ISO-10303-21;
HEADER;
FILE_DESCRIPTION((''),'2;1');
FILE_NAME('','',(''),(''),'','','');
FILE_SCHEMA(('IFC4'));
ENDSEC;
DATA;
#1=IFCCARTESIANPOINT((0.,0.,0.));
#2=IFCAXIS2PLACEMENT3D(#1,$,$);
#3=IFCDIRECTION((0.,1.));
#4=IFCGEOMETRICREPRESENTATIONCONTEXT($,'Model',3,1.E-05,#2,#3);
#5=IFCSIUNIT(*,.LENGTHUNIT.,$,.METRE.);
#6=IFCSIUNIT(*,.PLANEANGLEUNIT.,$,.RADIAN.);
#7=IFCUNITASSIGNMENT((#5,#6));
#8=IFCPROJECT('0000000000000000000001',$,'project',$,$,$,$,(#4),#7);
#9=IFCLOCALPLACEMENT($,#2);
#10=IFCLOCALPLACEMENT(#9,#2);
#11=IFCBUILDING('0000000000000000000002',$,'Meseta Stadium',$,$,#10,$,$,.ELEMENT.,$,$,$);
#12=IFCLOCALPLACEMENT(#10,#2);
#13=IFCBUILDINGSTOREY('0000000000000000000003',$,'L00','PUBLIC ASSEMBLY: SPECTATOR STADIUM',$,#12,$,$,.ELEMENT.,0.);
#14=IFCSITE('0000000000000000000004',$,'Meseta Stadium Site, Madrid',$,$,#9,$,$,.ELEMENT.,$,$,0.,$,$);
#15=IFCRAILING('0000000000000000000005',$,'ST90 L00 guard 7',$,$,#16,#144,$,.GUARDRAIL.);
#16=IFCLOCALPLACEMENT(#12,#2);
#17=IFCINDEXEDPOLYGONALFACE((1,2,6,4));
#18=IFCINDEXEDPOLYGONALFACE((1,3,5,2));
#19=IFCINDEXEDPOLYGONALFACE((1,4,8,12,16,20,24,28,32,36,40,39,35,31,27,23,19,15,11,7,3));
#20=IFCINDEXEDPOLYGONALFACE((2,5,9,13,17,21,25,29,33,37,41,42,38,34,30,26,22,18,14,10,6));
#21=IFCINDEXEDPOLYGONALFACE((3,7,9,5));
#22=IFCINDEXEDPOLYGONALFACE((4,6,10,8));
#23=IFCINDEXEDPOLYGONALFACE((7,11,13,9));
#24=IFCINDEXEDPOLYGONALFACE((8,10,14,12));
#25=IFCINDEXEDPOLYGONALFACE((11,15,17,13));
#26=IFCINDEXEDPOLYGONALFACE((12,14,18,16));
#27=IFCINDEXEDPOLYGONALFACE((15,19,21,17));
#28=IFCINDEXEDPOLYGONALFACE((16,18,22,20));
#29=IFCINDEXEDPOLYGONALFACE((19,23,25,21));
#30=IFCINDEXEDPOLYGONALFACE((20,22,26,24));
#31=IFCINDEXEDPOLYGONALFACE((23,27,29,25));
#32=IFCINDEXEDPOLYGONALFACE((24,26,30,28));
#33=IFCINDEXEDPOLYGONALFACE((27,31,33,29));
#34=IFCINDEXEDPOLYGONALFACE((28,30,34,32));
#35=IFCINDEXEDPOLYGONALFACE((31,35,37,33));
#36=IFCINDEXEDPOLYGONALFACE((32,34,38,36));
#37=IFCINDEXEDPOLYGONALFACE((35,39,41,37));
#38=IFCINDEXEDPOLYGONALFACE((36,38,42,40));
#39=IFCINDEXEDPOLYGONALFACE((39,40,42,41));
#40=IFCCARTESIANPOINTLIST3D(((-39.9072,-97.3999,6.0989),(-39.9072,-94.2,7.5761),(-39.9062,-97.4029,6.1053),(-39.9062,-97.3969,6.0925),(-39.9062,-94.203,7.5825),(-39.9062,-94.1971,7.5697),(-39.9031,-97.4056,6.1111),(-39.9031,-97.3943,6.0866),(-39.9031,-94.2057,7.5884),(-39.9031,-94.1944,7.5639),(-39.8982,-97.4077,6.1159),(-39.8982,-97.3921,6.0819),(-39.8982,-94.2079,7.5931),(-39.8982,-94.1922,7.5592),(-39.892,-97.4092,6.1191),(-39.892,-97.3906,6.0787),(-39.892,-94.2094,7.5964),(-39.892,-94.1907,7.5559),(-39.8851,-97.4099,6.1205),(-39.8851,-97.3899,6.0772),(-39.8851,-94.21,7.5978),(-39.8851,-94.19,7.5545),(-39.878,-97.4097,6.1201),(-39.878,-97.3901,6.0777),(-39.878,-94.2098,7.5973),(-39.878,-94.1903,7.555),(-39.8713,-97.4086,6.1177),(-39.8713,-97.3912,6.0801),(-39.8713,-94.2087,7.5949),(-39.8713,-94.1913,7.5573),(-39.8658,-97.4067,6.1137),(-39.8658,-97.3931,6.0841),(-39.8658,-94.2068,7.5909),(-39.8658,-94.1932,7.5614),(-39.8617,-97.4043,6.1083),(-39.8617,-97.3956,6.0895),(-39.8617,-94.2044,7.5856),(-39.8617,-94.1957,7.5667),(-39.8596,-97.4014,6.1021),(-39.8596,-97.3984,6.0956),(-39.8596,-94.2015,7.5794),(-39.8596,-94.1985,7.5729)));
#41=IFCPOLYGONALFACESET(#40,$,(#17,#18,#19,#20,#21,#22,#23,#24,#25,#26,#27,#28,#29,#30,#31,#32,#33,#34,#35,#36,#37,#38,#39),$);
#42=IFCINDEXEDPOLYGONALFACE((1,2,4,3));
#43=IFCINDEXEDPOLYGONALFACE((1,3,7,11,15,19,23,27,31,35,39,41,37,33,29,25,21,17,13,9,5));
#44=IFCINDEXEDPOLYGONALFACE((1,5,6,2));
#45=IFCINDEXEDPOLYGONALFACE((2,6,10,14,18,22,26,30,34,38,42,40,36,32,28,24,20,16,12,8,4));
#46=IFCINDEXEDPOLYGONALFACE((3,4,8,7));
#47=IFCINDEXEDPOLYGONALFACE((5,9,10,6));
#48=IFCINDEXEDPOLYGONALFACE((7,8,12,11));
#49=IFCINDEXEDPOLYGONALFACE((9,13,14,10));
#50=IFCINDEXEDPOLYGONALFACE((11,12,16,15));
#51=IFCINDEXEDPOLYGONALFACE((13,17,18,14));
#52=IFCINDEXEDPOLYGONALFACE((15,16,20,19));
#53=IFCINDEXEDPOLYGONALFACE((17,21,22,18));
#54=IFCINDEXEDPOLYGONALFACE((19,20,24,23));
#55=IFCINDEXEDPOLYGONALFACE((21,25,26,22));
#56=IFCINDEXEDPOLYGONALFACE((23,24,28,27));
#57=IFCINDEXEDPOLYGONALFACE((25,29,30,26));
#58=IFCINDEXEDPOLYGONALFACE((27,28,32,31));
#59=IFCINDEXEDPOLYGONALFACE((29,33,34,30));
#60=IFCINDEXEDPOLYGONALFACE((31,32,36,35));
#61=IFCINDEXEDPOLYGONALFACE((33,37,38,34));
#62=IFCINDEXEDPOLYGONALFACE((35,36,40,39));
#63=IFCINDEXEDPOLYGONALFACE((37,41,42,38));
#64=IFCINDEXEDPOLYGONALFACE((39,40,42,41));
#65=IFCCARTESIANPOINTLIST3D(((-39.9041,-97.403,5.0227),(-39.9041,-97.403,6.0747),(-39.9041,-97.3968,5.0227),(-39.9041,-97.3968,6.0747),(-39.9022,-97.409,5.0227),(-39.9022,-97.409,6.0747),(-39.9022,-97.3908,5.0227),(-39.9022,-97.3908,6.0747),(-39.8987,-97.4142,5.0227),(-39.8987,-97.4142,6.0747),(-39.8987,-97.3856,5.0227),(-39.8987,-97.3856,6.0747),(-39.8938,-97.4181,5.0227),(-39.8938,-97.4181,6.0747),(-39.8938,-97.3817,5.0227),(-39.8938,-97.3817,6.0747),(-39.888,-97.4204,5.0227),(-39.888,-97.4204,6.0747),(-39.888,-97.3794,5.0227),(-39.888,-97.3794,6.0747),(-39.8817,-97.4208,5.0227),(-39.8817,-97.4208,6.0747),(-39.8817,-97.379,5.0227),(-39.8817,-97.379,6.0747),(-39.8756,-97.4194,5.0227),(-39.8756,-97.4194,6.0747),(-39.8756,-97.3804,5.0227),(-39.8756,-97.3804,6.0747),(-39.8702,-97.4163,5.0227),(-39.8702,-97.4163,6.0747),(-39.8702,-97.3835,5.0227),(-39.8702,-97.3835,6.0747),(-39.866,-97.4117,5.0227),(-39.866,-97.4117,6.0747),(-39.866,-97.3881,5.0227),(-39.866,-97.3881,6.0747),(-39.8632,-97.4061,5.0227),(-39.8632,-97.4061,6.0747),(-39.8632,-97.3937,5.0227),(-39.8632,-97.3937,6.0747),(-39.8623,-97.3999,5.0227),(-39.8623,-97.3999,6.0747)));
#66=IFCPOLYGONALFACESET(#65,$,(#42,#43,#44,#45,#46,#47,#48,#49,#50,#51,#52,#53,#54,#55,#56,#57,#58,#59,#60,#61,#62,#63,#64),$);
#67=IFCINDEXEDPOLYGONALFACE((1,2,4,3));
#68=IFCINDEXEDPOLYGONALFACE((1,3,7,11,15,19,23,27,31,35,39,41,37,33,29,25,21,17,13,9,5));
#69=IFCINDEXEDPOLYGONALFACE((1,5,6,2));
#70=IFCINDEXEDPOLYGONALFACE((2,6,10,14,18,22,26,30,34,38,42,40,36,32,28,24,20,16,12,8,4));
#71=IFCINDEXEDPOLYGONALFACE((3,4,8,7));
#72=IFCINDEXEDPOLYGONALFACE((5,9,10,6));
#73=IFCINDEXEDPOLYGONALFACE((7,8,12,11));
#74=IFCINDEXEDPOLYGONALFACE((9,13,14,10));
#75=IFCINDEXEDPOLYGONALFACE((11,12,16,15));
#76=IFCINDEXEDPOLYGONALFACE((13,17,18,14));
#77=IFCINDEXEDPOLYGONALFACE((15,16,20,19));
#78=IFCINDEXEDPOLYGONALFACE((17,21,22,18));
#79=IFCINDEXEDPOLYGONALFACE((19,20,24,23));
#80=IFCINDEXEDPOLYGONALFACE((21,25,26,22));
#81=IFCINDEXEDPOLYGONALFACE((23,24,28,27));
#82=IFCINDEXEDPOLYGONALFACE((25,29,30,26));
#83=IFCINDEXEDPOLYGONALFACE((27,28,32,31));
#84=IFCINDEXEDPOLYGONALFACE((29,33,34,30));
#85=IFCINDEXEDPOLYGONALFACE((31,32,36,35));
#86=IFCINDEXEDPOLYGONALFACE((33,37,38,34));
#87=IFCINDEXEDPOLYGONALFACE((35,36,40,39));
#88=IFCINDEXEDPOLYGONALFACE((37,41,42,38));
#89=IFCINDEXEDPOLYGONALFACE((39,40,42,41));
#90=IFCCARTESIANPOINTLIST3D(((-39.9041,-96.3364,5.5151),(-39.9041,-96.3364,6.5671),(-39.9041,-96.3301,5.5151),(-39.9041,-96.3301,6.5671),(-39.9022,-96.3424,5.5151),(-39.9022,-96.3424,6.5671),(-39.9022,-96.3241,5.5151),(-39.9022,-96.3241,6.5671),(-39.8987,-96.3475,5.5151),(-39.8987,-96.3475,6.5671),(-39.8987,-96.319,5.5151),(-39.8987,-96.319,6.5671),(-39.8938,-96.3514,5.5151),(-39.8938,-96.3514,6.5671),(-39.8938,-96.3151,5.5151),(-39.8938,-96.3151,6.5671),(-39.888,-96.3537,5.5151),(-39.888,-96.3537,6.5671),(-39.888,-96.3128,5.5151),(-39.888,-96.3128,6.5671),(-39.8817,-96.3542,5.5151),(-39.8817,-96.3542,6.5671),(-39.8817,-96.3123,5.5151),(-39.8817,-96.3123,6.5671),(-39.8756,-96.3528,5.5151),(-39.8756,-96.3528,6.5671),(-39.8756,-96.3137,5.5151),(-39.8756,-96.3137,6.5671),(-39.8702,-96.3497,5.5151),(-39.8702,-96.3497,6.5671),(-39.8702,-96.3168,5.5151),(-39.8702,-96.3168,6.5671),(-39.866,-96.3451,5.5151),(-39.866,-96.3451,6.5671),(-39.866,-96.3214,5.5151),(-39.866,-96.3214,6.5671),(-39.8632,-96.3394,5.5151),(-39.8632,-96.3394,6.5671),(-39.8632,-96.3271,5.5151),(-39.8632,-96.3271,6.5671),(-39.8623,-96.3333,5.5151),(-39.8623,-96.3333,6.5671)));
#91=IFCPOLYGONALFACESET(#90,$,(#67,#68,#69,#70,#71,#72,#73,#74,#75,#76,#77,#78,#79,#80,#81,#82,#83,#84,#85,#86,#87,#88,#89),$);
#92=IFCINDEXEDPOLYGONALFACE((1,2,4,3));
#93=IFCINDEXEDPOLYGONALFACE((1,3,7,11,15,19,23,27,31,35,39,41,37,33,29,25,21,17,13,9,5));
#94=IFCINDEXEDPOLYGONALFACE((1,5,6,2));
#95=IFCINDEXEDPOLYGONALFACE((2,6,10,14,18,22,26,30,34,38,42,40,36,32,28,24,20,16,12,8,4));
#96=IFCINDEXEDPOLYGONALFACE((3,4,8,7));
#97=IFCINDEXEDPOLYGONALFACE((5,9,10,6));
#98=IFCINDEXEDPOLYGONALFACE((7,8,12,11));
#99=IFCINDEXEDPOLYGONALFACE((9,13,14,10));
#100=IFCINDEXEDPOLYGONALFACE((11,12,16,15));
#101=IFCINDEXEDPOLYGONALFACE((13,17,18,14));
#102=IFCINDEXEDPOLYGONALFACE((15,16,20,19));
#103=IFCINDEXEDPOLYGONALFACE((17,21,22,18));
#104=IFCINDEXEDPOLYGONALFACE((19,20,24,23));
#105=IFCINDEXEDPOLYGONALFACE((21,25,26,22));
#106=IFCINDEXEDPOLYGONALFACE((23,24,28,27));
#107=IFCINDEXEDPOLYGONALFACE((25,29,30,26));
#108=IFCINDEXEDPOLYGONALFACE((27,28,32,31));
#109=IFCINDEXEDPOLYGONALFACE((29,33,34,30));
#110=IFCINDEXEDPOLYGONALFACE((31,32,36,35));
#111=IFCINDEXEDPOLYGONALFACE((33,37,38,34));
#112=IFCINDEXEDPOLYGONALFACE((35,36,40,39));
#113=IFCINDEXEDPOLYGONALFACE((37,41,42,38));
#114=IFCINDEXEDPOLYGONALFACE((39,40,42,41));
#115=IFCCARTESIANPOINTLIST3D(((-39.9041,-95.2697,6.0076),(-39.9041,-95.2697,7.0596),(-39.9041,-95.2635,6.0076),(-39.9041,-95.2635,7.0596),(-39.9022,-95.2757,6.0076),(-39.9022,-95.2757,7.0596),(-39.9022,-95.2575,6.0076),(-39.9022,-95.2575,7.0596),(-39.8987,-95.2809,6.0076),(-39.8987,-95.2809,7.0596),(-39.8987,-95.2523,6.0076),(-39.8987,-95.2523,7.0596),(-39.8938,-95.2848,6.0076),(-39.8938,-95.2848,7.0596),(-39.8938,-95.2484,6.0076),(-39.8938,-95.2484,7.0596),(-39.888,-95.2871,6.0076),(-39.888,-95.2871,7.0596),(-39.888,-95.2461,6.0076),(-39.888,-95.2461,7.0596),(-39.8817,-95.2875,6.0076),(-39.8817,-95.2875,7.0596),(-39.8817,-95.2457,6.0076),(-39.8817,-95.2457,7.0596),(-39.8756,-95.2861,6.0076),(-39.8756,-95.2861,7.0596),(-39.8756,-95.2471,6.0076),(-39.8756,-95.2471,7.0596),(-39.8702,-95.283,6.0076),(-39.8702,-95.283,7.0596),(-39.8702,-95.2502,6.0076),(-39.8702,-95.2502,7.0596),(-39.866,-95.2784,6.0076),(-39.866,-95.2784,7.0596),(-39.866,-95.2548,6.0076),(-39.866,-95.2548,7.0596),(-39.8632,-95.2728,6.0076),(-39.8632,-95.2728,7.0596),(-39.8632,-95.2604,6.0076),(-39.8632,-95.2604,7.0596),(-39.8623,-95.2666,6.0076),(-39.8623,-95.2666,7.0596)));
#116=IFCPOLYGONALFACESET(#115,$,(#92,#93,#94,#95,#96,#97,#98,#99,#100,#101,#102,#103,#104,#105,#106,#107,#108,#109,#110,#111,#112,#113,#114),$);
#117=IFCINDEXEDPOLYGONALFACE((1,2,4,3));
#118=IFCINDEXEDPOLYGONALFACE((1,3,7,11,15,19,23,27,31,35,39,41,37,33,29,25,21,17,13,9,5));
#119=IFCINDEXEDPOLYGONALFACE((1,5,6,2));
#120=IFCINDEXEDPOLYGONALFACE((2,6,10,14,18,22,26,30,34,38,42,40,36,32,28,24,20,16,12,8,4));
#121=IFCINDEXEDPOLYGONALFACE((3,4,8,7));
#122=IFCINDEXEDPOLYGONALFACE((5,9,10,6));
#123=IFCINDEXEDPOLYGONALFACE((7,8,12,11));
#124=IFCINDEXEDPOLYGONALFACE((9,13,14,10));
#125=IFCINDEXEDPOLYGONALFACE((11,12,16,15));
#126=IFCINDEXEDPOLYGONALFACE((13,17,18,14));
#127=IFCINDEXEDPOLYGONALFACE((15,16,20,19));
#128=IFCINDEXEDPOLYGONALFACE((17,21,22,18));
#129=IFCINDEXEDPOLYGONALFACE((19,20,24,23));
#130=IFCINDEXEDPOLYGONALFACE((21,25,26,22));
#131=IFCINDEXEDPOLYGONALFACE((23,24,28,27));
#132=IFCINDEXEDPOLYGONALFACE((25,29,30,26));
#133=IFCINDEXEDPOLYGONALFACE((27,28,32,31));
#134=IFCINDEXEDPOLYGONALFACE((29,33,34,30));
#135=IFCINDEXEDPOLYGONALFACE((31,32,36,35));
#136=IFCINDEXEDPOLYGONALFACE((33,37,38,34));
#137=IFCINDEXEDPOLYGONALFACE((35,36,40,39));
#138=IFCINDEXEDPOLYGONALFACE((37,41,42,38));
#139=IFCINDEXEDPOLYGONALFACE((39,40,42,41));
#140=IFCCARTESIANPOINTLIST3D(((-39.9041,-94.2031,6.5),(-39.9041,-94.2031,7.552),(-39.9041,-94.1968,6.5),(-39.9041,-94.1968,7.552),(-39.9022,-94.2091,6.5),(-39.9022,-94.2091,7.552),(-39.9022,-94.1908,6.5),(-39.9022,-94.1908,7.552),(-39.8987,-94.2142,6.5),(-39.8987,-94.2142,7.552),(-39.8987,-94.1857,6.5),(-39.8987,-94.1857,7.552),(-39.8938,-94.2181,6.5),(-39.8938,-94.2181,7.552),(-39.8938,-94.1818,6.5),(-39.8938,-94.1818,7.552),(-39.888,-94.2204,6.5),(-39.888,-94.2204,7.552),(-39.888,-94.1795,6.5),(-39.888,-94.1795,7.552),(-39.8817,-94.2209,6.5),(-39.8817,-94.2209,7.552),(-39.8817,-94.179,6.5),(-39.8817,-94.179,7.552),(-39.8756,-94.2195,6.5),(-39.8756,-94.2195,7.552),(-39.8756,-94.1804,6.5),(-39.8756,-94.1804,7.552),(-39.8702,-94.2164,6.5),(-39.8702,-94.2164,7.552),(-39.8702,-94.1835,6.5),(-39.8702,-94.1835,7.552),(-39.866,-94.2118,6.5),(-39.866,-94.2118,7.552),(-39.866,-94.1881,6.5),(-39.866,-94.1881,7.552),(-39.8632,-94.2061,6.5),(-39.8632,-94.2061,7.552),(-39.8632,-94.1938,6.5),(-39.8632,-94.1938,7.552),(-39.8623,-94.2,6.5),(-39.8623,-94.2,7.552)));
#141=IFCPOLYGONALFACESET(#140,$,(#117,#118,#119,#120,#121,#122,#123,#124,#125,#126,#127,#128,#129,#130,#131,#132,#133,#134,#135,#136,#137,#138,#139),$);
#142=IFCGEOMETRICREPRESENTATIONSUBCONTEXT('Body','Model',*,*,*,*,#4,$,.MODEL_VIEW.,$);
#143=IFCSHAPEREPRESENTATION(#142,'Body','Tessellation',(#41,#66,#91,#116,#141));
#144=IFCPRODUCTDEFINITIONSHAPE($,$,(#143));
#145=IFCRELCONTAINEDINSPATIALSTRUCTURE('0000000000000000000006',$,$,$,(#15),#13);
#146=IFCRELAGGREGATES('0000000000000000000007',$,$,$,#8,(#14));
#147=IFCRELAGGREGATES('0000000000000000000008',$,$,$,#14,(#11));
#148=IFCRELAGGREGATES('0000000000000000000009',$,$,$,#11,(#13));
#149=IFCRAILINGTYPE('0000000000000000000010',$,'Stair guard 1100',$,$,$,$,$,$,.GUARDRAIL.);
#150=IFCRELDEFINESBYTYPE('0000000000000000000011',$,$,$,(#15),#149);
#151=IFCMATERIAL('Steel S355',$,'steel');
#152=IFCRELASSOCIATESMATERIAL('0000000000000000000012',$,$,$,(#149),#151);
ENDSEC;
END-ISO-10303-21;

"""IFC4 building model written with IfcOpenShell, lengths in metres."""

from ifc_helpers import new_model, si_unit, direction, frame, origin, origin_2d, place, context, subcontext, project, spatial, circle, extrude, material, type_object, element, save


model = new_model("IFC4")

# Units and contexts
model_context = context("Model", 3, precision=1e-05, world=origin(), true_north=direction((0.0, 1.0)))
body_context = subcontext(model_context, "Body", "Model", "MODEL_VIEW")
ifc_project = project(units=[si_unit("LENGTHUNIT", "METRE"), si_unit("PLANEANGLEUNIT", "RADIAN")], contexts=[model_context])

# Site, building, storey
site_placement = place(None, origin())
site = spatial("IfcSite", under=ifc_project, at=site_placement, Name="Meseta Stadium Site, Madrid", CompositionType="ELEMENT", RefElevation=0.0)
building_placement = place(site_placement, origin())
building = spatial("IfcBuilding", under=site, at=building_placement, Name="Meseta Stadium", CompositionType="ELEMENT")
storey_placement = place(building_placement, origin())
storey = spatial("IfcBuildingStorey", under=building, at=storey_placement, Name="L00", Description="PUBLIC ASSEMBLY: SPECTATOR STADIUM", CompositionType="ELEMENT", Elevation=0.0)

# Railing
ifc_material_1 = material(Name="Steel S355", Category="steel")
railing_type_1 = type_object("IfcRailingType", Name="Stair guard 1100", PredefinedType="GUARDRAIL", material=ifc_material_1)
railing_1_placement = place(storey_placement, frame((-39.8833, -97.3999, 5.0227)))
element("IfcRailing", 1, at=railing_1_placement, inside=storey, type_object=railing_type_1, Name="ST90 L00 guard 7", PredefinedType="GUARDRAIL", context=body_context, shape_type="SweptSolid", body=[
    extrude(circle(Radius=0.0239, at=origin_2d()), frame((0.0, 0.0, 1.0762), z_axis=(0.0, 0.907917, 0.41915), x_axis=(-1.0, 0.0, 0.0)), (0.0, 0.0, 1.0), 3.5244),
    extrude(circle(Radius=0.021, at=origin_2d()), origin(), (0.0, 0.0, 1.0), 1.052),
    extrude(circle(Radius=0.021, at=origin_2d()), frame((0.0, 1.0667, 0.4924)), (0.0, 0.0, 1.0), 1.052),
    extrude(circle(Radius=0.021, at=origin_2d()), frame((0.0, 2.1333, 0.9849)), (0.0, 0.0, 1.0), 1.052),
    extrude(circle(Radius=0.021, at=origin_2d()), frame((0.0, 3.2, 1.4773)), (0.0, 0.0, 1.0), 1.052),
])

save(model, "model.ifc")
